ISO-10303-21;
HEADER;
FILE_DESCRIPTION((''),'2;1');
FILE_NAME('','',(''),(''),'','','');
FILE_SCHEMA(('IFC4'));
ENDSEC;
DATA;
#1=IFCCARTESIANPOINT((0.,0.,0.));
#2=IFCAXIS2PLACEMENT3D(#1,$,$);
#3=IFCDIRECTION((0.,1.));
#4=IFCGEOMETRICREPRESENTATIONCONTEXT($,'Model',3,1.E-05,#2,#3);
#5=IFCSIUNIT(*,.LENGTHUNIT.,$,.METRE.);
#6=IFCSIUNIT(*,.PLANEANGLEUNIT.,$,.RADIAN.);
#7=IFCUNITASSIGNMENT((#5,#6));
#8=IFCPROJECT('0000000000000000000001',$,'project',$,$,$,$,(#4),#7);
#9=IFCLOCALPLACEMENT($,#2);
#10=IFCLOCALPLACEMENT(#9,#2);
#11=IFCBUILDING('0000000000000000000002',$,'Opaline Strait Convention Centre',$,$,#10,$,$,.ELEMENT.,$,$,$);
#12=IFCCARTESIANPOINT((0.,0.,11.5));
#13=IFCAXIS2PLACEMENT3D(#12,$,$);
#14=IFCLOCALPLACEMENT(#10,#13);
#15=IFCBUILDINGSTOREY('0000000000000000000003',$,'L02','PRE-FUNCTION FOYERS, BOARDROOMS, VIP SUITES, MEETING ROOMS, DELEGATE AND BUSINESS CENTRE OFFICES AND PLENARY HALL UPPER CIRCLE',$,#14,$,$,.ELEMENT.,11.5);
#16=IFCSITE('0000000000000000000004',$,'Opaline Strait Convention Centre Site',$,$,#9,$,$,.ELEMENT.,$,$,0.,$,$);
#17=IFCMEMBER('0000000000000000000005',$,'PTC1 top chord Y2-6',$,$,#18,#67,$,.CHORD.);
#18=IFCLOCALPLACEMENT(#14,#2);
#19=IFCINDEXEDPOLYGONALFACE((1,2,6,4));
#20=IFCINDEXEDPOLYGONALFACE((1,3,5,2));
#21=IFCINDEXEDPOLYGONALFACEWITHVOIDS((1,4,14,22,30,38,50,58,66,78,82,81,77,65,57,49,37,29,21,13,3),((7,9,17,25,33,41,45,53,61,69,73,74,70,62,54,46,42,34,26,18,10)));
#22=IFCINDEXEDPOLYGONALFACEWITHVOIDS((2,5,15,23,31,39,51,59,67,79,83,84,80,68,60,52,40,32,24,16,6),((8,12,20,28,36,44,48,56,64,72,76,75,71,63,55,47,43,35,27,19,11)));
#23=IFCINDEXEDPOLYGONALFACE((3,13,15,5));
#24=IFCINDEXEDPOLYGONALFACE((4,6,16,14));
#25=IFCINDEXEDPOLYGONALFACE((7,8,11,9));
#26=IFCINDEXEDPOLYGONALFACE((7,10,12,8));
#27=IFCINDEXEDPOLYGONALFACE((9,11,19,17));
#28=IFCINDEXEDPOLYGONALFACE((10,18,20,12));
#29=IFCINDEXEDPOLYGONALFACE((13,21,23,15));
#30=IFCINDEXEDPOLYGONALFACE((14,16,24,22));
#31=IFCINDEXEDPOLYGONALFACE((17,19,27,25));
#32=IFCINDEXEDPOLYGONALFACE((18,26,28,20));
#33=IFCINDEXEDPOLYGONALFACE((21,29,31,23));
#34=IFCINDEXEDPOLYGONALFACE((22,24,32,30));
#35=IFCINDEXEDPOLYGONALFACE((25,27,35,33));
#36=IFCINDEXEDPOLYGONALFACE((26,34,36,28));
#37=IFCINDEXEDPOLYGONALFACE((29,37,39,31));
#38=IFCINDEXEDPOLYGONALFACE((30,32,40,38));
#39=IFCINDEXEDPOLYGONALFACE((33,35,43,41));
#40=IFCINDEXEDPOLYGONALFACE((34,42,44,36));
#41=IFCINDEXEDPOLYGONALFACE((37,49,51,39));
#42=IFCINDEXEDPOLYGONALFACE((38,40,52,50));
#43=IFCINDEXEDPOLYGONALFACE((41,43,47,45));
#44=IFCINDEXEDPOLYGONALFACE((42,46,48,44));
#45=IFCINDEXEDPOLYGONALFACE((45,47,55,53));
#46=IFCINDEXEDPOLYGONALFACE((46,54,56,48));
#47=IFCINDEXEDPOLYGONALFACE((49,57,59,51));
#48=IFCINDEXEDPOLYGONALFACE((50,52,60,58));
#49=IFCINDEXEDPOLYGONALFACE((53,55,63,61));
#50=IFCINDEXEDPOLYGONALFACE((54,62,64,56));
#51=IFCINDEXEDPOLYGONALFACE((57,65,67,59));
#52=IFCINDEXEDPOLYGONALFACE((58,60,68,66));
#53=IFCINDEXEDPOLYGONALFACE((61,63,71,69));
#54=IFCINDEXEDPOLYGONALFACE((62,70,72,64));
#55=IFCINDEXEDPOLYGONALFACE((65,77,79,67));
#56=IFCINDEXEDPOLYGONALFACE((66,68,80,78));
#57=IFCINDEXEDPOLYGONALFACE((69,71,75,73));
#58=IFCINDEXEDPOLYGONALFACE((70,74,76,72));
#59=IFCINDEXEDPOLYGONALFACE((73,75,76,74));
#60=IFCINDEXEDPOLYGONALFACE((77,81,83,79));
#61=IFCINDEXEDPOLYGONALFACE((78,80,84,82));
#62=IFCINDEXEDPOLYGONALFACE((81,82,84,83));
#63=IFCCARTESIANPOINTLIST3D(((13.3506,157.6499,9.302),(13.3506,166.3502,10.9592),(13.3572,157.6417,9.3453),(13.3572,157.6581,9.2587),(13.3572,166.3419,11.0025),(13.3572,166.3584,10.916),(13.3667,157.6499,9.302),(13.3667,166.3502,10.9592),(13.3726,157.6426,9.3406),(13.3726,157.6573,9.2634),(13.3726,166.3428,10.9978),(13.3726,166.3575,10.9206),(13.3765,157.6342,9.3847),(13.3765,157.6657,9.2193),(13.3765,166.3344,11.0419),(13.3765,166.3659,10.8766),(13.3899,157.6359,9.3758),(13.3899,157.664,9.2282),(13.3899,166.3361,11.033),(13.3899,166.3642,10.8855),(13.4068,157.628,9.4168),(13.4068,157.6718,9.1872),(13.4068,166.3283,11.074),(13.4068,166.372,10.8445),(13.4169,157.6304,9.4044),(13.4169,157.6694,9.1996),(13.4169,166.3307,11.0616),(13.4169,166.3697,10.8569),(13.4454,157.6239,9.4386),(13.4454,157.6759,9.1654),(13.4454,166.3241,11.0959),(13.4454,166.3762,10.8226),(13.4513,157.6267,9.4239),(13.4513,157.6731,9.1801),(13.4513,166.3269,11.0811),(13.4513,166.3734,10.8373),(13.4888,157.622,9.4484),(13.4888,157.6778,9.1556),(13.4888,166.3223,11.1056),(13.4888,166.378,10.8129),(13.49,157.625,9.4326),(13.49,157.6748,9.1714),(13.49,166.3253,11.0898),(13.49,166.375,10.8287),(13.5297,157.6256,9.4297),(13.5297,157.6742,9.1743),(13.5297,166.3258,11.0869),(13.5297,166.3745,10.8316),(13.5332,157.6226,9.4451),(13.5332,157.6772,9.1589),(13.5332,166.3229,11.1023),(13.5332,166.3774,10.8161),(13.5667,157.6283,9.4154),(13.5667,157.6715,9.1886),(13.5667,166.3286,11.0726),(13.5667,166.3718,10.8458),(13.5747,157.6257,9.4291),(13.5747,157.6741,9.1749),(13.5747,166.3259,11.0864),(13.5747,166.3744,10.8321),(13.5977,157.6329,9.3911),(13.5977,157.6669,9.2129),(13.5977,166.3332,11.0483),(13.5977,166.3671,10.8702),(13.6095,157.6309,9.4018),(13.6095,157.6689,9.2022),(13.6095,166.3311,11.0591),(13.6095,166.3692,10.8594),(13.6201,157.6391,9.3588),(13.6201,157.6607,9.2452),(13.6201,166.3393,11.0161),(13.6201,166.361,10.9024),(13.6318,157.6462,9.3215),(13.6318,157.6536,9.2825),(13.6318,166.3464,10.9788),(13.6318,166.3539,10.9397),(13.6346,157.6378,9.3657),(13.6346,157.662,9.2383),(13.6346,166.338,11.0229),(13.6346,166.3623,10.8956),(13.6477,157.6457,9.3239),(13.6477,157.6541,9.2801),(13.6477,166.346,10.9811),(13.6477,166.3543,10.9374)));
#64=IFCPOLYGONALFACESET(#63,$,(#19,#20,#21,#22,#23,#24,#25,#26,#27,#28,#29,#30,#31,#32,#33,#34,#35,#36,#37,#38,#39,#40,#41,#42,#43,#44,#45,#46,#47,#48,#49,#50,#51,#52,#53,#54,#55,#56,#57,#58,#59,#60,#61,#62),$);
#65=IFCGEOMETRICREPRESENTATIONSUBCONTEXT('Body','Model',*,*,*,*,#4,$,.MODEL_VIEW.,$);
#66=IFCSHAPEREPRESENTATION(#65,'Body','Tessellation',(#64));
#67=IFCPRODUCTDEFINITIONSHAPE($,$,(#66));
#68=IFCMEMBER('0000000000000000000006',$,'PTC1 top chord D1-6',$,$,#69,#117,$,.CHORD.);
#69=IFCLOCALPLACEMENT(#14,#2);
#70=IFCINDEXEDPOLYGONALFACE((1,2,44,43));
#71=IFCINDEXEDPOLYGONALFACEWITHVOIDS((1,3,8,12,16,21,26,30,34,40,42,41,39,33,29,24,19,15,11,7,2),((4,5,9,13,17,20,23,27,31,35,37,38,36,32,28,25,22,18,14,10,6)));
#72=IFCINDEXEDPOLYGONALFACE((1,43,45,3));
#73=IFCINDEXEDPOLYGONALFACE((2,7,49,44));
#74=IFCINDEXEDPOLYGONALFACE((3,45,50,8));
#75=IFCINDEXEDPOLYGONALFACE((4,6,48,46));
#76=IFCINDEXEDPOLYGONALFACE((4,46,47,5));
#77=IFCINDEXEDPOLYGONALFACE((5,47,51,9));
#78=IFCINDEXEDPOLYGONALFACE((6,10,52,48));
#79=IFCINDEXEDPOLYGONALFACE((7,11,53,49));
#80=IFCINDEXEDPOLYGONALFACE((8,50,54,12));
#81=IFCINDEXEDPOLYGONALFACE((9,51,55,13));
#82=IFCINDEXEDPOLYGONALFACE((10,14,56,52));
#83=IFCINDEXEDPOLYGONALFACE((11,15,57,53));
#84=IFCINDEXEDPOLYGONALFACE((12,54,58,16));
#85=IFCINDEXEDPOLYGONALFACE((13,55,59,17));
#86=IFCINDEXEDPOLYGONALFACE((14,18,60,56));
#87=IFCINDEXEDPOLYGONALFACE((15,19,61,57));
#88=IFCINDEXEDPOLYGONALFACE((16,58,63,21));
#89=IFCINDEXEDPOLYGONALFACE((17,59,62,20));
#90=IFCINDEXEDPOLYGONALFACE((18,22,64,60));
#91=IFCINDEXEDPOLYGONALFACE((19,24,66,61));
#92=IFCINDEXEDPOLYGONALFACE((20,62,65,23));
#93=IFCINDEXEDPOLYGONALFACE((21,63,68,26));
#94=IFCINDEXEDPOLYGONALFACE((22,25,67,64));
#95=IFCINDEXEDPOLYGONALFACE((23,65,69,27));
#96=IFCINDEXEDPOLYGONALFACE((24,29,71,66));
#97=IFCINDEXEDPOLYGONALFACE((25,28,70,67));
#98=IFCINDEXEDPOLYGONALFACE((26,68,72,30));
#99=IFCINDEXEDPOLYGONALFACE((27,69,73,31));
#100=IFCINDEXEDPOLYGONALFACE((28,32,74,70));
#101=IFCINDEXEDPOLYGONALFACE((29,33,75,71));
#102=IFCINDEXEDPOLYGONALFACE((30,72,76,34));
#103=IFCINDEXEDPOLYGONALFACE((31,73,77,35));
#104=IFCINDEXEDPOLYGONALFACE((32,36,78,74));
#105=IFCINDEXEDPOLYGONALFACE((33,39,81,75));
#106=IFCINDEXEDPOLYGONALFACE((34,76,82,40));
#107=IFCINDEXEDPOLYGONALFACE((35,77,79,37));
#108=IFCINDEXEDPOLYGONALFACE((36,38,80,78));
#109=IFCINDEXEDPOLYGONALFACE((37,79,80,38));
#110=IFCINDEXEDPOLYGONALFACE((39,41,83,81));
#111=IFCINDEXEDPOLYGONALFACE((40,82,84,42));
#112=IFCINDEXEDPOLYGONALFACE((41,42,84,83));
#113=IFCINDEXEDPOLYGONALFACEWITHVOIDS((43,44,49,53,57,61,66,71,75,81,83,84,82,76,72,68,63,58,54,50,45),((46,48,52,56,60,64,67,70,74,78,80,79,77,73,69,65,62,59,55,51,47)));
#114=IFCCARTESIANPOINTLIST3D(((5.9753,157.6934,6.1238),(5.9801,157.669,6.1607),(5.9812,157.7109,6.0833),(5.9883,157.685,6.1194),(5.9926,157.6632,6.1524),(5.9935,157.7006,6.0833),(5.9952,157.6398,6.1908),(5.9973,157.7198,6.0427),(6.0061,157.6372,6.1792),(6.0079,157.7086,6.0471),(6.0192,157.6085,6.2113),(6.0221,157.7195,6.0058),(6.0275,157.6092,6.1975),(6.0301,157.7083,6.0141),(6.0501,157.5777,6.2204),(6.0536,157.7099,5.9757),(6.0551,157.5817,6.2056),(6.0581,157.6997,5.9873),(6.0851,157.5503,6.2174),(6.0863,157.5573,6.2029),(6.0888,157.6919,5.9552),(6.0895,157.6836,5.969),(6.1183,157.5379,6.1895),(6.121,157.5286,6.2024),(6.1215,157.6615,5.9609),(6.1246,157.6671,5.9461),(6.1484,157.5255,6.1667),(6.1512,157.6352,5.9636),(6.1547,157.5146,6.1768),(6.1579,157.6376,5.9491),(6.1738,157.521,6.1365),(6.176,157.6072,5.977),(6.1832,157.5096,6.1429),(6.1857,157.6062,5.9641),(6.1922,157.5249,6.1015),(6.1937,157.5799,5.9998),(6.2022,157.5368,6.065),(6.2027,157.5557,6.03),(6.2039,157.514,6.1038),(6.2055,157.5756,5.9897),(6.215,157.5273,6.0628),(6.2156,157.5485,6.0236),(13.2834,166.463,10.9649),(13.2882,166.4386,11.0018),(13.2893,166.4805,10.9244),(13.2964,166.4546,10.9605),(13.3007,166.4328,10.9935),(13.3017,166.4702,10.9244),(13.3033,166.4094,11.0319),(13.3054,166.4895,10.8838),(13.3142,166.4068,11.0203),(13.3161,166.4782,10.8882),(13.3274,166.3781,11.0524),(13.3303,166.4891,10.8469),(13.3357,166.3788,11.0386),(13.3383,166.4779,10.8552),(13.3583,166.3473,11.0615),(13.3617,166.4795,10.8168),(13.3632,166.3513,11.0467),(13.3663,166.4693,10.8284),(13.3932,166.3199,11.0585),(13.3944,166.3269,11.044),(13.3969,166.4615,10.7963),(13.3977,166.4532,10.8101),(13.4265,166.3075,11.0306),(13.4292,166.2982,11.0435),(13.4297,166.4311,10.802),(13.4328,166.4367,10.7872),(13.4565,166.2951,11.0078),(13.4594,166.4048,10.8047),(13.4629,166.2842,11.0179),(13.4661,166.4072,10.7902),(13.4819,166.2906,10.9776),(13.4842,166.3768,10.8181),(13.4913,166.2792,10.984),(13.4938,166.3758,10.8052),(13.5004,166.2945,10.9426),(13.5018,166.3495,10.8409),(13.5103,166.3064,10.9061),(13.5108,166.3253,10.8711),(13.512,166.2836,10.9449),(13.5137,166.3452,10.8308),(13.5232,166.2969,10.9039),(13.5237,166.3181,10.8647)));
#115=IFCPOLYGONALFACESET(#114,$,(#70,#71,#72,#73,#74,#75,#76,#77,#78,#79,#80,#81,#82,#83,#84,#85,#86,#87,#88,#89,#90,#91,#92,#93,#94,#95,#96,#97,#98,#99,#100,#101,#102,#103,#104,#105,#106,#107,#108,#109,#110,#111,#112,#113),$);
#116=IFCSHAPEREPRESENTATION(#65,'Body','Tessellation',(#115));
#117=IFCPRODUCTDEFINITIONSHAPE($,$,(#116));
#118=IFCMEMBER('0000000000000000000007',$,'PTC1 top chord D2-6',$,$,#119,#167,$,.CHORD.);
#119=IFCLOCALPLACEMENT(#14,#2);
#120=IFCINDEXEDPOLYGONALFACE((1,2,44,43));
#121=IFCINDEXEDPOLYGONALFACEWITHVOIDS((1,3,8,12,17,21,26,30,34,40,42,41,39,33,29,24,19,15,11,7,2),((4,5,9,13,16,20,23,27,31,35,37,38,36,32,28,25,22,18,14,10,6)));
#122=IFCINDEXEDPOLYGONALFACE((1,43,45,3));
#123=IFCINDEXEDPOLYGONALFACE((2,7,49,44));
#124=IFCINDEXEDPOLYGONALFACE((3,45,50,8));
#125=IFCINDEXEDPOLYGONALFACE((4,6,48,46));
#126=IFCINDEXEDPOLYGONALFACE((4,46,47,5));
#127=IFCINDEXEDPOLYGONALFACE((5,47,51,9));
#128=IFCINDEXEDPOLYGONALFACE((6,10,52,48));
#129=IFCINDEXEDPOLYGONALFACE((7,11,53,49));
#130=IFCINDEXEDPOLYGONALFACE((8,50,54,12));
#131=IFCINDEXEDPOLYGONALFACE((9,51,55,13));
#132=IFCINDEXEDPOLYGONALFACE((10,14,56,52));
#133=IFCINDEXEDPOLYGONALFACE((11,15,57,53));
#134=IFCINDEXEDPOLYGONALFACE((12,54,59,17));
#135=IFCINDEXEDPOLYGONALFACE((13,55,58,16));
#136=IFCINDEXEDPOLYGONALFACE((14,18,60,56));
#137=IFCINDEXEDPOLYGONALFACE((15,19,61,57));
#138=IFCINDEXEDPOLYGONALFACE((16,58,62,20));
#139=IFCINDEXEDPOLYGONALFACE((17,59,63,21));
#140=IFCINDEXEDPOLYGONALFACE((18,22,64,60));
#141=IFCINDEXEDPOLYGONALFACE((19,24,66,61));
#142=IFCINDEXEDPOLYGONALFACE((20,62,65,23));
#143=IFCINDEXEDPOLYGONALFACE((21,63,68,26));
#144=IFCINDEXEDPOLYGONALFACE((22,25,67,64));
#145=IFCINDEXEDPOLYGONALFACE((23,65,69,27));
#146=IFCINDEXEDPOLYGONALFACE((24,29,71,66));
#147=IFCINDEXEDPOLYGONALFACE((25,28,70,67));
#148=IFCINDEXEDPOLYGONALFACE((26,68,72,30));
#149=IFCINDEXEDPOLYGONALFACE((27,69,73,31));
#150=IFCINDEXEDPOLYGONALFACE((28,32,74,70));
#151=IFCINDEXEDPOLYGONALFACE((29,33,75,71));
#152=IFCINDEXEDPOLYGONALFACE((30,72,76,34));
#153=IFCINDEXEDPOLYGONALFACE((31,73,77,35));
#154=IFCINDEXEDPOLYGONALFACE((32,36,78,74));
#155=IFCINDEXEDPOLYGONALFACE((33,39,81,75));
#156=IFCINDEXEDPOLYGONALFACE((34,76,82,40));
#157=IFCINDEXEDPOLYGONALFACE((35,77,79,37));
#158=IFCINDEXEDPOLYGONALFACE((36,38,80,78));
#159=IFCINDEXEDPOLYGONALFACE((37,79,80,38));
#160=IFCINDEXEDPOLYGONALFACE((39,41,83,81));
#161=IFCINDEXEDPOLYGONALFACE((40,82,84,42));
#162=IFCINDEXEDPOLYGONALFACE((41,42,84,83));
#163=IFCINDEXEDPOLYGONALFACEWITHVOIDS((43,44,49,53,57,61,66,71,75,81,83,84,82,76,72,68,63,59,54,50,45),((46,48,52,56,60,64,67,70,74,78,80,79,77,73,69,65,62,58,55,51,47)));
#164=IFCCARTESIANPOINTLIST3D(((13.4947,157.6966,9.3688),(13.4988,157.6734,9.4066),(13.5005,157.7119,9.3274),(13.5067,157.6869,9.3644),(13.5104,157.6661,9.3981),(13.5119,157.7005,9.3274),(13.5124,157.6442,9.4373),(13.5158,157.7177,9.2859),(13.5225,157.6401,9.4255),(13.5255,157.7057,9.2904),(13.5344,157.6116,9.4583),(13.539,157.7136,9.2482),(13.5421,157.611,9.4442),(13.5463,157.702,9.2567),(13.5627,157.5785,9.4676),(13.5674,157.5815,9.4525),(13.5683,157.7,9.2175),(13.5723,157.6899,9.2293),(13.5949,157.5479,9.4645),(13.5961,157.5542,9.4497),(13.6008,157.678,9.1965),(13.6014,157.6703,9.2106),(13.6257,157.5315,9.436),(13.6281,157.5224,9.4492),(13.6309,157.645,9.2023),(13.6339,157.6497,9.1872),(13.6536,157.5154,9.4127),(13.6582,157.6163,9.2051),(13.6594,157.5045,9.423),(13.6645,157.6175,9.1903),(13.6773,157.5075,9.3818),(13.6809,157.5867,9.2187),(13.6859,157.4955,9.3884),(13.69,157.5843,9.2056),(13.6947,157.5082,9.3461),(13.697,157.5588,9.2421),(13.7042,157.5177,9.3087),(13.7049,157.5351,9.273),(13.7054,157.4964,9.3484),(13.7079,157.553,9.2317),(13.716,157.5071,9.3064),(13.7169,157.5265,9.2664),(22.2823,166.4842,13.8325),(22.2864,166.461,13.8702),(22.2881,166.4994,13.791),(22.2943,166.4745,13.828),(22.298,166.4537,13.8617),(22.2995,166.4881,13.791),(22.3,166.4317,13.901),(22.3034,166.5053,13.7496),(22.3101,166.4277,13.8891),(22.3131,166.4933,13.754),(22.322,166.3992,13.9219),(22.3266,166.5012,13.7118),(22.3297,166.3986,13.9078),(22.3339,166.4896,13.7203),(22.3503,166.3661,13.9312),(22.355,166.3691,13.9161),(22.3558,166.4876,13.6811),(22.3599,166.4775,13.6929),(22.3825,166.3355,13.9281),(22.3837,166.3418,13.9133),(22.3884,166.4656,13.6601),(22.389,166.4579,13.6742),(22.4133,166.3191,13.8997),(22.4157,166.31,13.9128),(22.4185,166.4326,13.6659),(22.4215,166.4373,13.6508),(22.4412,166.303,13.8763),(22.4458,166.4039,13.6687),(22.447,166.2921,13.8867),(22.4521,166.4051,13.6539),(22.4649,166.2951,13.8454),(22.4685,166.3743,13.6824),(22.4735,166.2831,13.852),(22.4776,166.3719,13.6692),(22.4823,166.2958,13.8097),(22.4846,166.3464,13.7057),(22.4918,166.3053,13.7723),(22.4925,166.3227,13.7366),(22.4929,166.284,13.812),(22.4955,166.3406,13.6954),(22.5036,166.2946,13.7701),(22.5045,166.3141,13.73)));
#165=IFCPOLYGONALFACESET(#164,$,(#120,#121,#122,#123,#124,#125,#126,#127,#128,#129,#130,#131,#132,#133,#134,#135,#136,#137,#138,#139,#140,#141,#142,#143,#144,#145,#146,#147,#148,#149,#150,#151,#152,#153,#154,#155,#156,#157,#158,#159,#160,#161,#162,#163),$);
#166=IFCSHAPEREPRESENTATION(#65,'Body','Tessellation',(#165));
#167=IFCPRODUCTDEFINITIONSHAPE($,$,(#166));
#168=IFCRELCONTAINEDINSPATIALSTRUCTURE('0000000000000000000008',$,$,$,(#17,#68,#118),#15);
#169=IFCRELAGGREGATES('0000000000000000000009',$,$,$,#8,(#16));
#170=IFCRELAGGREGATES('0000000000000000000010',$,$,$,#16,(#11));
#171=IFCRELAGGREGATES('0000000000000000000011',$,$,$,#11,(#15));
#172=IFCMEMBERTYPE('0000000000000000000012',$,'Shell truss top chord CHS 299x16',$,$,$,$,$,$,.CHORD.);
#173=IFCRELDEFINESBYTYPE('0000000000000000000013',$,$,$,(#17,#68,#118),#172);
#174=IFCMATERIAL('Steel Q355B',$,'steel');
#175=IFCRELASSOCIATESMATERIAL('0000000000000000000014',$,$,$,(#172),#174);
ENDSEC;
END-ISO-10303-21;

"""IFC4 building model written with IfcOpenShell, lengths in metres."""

from ifc_helpers import new_model, si_unit, direction, frame, origin, origin_2d, place, context, subcontext, project, spatial, hollow_circle, extrude, material, material_profile, profile_set, type_object, element, save


model = new_model("IFC4")

# Units and contexts
model_context = context("Model", 3, precision=1e-05, world=origin(), true_north=direction((0.0, 1.0)))
body_context = subcontext(model_context, "Body", "Model", "MODEL_VIEW")
ifc_project = project(units=[si_unit("LENGTHUNIT", "METRE"), si_unit("PLANEANGLEUNIT", "RADIAN")], contexts=[model_context])

# Site, building, storey
site_placement = place(None, origin())
site = spatial("IfcSite", under=ifc_project, at=site_placement, Name="Opaline Strait Convention Centre Site", CompositionType="ELEMENT", RefElevation=0.0)
building_placement = place(site_placement, origin())
building = spatial("IfcBuilding", under=site, at=building_placement, Name="Opaline Strait Convention Centre", CompositionType="ELEMENT")
storey_placement = place(building_placement, frame((0.0, 0.0, 11.5)))
storey = spatial("IfcBuildingStorey", under=building, at=storey_placement, Name="L02", Description="PRE-FUNCTION FOYERS, BOARDROOMS, VIP SUITES, MEETING ROOMS, DELEGATE AND BUSINESS CENTRE OFFICES AND PLENARY HALL UPPER CIRCLE", CompositionType="ELEMENT", Elevation=11.5)

# Members
ifc_material_1 = material(Name="Steel Q355B", Category="steel")
ifc_material_profile_1 = material_profile(ifc_material_1, hollow_circle(Radius=0.1494, WallThickness=0.0161, at=origin_2d()), Name="CHS 299x16")
ifc_profile_set_1 = profile_set([ifc_material_profile_1], Name="Steel Q355B")
member_type_1 = type_object("IfcMemberType", Name="Shell truss top chord CHS 299x16", PredefinedType="CHORD", material=ifc_profile_set_1)
for number, where, z_axis, x_axis, name in (
    (1, (13.5, 157.6499, 9.302), (0.0, 0.982338, 0.187117), (-1.0, 0.0, 0.0), "PTC1 top chord Y2-6"),
):
    element("IfcMember", number, at=place(storey_placement, frame(where, z_axis=z_axis, x_axis=x_axis)), inside=storey, type_object=member_type_1, Name=name, PredefinedType="CHORD", context=body_context, shape_type="SweptSolid", body=[
        extrude(hollow_circle(Radius=0.1494, WallThickness=0.0161, at=origin_2d()), origin(), (0.0, 0.0, 1.0), 8.8567),
    ])
member_1_placement = place(storey_placement, frame((6.0959, 157.6152, 6.0833), z_axis=(0.589384, 0.707246, 0.390422), x_axis=(-0.768214, 0.640193, 0.0)))
element("IfcMember", 2, at=member_1_placement, inside=storey, type_object=member_type_1, Name="PTC1 top chord D1-6", PredefinedType="CHORD", context=body_context, shape_type="SweptSolid", body=[
    extrude(hollow_circle(Radius=0.1494, WallThickness=0.0161, at=origin_2d()), origin(), (0.0, 0.0, 1.0), 12.3997),
])
member_2_placement = place(storey_placement, frame((13.6062, 157.6062, 9.3274), z_axis=(0.665483, 0.665483, 0.338029), x_axis=(-0.707107, 0.707107, 0.0)))
element("IfcMember", 3, at=member_2_placement, inside=storey, type_object=member_type_1, Name="PTC1 top chord D2-6", PredefinedType="CHORD", context=body_context, shape_type="SweptSolid", body=[
    extrude(hollow_circle(Radius=0.1494, WallThickness=0.0161, at=origin_2d()), origin(), (0.0, 0.0, 1.0), 13.2048),
])

save(model, "model.ifc")
